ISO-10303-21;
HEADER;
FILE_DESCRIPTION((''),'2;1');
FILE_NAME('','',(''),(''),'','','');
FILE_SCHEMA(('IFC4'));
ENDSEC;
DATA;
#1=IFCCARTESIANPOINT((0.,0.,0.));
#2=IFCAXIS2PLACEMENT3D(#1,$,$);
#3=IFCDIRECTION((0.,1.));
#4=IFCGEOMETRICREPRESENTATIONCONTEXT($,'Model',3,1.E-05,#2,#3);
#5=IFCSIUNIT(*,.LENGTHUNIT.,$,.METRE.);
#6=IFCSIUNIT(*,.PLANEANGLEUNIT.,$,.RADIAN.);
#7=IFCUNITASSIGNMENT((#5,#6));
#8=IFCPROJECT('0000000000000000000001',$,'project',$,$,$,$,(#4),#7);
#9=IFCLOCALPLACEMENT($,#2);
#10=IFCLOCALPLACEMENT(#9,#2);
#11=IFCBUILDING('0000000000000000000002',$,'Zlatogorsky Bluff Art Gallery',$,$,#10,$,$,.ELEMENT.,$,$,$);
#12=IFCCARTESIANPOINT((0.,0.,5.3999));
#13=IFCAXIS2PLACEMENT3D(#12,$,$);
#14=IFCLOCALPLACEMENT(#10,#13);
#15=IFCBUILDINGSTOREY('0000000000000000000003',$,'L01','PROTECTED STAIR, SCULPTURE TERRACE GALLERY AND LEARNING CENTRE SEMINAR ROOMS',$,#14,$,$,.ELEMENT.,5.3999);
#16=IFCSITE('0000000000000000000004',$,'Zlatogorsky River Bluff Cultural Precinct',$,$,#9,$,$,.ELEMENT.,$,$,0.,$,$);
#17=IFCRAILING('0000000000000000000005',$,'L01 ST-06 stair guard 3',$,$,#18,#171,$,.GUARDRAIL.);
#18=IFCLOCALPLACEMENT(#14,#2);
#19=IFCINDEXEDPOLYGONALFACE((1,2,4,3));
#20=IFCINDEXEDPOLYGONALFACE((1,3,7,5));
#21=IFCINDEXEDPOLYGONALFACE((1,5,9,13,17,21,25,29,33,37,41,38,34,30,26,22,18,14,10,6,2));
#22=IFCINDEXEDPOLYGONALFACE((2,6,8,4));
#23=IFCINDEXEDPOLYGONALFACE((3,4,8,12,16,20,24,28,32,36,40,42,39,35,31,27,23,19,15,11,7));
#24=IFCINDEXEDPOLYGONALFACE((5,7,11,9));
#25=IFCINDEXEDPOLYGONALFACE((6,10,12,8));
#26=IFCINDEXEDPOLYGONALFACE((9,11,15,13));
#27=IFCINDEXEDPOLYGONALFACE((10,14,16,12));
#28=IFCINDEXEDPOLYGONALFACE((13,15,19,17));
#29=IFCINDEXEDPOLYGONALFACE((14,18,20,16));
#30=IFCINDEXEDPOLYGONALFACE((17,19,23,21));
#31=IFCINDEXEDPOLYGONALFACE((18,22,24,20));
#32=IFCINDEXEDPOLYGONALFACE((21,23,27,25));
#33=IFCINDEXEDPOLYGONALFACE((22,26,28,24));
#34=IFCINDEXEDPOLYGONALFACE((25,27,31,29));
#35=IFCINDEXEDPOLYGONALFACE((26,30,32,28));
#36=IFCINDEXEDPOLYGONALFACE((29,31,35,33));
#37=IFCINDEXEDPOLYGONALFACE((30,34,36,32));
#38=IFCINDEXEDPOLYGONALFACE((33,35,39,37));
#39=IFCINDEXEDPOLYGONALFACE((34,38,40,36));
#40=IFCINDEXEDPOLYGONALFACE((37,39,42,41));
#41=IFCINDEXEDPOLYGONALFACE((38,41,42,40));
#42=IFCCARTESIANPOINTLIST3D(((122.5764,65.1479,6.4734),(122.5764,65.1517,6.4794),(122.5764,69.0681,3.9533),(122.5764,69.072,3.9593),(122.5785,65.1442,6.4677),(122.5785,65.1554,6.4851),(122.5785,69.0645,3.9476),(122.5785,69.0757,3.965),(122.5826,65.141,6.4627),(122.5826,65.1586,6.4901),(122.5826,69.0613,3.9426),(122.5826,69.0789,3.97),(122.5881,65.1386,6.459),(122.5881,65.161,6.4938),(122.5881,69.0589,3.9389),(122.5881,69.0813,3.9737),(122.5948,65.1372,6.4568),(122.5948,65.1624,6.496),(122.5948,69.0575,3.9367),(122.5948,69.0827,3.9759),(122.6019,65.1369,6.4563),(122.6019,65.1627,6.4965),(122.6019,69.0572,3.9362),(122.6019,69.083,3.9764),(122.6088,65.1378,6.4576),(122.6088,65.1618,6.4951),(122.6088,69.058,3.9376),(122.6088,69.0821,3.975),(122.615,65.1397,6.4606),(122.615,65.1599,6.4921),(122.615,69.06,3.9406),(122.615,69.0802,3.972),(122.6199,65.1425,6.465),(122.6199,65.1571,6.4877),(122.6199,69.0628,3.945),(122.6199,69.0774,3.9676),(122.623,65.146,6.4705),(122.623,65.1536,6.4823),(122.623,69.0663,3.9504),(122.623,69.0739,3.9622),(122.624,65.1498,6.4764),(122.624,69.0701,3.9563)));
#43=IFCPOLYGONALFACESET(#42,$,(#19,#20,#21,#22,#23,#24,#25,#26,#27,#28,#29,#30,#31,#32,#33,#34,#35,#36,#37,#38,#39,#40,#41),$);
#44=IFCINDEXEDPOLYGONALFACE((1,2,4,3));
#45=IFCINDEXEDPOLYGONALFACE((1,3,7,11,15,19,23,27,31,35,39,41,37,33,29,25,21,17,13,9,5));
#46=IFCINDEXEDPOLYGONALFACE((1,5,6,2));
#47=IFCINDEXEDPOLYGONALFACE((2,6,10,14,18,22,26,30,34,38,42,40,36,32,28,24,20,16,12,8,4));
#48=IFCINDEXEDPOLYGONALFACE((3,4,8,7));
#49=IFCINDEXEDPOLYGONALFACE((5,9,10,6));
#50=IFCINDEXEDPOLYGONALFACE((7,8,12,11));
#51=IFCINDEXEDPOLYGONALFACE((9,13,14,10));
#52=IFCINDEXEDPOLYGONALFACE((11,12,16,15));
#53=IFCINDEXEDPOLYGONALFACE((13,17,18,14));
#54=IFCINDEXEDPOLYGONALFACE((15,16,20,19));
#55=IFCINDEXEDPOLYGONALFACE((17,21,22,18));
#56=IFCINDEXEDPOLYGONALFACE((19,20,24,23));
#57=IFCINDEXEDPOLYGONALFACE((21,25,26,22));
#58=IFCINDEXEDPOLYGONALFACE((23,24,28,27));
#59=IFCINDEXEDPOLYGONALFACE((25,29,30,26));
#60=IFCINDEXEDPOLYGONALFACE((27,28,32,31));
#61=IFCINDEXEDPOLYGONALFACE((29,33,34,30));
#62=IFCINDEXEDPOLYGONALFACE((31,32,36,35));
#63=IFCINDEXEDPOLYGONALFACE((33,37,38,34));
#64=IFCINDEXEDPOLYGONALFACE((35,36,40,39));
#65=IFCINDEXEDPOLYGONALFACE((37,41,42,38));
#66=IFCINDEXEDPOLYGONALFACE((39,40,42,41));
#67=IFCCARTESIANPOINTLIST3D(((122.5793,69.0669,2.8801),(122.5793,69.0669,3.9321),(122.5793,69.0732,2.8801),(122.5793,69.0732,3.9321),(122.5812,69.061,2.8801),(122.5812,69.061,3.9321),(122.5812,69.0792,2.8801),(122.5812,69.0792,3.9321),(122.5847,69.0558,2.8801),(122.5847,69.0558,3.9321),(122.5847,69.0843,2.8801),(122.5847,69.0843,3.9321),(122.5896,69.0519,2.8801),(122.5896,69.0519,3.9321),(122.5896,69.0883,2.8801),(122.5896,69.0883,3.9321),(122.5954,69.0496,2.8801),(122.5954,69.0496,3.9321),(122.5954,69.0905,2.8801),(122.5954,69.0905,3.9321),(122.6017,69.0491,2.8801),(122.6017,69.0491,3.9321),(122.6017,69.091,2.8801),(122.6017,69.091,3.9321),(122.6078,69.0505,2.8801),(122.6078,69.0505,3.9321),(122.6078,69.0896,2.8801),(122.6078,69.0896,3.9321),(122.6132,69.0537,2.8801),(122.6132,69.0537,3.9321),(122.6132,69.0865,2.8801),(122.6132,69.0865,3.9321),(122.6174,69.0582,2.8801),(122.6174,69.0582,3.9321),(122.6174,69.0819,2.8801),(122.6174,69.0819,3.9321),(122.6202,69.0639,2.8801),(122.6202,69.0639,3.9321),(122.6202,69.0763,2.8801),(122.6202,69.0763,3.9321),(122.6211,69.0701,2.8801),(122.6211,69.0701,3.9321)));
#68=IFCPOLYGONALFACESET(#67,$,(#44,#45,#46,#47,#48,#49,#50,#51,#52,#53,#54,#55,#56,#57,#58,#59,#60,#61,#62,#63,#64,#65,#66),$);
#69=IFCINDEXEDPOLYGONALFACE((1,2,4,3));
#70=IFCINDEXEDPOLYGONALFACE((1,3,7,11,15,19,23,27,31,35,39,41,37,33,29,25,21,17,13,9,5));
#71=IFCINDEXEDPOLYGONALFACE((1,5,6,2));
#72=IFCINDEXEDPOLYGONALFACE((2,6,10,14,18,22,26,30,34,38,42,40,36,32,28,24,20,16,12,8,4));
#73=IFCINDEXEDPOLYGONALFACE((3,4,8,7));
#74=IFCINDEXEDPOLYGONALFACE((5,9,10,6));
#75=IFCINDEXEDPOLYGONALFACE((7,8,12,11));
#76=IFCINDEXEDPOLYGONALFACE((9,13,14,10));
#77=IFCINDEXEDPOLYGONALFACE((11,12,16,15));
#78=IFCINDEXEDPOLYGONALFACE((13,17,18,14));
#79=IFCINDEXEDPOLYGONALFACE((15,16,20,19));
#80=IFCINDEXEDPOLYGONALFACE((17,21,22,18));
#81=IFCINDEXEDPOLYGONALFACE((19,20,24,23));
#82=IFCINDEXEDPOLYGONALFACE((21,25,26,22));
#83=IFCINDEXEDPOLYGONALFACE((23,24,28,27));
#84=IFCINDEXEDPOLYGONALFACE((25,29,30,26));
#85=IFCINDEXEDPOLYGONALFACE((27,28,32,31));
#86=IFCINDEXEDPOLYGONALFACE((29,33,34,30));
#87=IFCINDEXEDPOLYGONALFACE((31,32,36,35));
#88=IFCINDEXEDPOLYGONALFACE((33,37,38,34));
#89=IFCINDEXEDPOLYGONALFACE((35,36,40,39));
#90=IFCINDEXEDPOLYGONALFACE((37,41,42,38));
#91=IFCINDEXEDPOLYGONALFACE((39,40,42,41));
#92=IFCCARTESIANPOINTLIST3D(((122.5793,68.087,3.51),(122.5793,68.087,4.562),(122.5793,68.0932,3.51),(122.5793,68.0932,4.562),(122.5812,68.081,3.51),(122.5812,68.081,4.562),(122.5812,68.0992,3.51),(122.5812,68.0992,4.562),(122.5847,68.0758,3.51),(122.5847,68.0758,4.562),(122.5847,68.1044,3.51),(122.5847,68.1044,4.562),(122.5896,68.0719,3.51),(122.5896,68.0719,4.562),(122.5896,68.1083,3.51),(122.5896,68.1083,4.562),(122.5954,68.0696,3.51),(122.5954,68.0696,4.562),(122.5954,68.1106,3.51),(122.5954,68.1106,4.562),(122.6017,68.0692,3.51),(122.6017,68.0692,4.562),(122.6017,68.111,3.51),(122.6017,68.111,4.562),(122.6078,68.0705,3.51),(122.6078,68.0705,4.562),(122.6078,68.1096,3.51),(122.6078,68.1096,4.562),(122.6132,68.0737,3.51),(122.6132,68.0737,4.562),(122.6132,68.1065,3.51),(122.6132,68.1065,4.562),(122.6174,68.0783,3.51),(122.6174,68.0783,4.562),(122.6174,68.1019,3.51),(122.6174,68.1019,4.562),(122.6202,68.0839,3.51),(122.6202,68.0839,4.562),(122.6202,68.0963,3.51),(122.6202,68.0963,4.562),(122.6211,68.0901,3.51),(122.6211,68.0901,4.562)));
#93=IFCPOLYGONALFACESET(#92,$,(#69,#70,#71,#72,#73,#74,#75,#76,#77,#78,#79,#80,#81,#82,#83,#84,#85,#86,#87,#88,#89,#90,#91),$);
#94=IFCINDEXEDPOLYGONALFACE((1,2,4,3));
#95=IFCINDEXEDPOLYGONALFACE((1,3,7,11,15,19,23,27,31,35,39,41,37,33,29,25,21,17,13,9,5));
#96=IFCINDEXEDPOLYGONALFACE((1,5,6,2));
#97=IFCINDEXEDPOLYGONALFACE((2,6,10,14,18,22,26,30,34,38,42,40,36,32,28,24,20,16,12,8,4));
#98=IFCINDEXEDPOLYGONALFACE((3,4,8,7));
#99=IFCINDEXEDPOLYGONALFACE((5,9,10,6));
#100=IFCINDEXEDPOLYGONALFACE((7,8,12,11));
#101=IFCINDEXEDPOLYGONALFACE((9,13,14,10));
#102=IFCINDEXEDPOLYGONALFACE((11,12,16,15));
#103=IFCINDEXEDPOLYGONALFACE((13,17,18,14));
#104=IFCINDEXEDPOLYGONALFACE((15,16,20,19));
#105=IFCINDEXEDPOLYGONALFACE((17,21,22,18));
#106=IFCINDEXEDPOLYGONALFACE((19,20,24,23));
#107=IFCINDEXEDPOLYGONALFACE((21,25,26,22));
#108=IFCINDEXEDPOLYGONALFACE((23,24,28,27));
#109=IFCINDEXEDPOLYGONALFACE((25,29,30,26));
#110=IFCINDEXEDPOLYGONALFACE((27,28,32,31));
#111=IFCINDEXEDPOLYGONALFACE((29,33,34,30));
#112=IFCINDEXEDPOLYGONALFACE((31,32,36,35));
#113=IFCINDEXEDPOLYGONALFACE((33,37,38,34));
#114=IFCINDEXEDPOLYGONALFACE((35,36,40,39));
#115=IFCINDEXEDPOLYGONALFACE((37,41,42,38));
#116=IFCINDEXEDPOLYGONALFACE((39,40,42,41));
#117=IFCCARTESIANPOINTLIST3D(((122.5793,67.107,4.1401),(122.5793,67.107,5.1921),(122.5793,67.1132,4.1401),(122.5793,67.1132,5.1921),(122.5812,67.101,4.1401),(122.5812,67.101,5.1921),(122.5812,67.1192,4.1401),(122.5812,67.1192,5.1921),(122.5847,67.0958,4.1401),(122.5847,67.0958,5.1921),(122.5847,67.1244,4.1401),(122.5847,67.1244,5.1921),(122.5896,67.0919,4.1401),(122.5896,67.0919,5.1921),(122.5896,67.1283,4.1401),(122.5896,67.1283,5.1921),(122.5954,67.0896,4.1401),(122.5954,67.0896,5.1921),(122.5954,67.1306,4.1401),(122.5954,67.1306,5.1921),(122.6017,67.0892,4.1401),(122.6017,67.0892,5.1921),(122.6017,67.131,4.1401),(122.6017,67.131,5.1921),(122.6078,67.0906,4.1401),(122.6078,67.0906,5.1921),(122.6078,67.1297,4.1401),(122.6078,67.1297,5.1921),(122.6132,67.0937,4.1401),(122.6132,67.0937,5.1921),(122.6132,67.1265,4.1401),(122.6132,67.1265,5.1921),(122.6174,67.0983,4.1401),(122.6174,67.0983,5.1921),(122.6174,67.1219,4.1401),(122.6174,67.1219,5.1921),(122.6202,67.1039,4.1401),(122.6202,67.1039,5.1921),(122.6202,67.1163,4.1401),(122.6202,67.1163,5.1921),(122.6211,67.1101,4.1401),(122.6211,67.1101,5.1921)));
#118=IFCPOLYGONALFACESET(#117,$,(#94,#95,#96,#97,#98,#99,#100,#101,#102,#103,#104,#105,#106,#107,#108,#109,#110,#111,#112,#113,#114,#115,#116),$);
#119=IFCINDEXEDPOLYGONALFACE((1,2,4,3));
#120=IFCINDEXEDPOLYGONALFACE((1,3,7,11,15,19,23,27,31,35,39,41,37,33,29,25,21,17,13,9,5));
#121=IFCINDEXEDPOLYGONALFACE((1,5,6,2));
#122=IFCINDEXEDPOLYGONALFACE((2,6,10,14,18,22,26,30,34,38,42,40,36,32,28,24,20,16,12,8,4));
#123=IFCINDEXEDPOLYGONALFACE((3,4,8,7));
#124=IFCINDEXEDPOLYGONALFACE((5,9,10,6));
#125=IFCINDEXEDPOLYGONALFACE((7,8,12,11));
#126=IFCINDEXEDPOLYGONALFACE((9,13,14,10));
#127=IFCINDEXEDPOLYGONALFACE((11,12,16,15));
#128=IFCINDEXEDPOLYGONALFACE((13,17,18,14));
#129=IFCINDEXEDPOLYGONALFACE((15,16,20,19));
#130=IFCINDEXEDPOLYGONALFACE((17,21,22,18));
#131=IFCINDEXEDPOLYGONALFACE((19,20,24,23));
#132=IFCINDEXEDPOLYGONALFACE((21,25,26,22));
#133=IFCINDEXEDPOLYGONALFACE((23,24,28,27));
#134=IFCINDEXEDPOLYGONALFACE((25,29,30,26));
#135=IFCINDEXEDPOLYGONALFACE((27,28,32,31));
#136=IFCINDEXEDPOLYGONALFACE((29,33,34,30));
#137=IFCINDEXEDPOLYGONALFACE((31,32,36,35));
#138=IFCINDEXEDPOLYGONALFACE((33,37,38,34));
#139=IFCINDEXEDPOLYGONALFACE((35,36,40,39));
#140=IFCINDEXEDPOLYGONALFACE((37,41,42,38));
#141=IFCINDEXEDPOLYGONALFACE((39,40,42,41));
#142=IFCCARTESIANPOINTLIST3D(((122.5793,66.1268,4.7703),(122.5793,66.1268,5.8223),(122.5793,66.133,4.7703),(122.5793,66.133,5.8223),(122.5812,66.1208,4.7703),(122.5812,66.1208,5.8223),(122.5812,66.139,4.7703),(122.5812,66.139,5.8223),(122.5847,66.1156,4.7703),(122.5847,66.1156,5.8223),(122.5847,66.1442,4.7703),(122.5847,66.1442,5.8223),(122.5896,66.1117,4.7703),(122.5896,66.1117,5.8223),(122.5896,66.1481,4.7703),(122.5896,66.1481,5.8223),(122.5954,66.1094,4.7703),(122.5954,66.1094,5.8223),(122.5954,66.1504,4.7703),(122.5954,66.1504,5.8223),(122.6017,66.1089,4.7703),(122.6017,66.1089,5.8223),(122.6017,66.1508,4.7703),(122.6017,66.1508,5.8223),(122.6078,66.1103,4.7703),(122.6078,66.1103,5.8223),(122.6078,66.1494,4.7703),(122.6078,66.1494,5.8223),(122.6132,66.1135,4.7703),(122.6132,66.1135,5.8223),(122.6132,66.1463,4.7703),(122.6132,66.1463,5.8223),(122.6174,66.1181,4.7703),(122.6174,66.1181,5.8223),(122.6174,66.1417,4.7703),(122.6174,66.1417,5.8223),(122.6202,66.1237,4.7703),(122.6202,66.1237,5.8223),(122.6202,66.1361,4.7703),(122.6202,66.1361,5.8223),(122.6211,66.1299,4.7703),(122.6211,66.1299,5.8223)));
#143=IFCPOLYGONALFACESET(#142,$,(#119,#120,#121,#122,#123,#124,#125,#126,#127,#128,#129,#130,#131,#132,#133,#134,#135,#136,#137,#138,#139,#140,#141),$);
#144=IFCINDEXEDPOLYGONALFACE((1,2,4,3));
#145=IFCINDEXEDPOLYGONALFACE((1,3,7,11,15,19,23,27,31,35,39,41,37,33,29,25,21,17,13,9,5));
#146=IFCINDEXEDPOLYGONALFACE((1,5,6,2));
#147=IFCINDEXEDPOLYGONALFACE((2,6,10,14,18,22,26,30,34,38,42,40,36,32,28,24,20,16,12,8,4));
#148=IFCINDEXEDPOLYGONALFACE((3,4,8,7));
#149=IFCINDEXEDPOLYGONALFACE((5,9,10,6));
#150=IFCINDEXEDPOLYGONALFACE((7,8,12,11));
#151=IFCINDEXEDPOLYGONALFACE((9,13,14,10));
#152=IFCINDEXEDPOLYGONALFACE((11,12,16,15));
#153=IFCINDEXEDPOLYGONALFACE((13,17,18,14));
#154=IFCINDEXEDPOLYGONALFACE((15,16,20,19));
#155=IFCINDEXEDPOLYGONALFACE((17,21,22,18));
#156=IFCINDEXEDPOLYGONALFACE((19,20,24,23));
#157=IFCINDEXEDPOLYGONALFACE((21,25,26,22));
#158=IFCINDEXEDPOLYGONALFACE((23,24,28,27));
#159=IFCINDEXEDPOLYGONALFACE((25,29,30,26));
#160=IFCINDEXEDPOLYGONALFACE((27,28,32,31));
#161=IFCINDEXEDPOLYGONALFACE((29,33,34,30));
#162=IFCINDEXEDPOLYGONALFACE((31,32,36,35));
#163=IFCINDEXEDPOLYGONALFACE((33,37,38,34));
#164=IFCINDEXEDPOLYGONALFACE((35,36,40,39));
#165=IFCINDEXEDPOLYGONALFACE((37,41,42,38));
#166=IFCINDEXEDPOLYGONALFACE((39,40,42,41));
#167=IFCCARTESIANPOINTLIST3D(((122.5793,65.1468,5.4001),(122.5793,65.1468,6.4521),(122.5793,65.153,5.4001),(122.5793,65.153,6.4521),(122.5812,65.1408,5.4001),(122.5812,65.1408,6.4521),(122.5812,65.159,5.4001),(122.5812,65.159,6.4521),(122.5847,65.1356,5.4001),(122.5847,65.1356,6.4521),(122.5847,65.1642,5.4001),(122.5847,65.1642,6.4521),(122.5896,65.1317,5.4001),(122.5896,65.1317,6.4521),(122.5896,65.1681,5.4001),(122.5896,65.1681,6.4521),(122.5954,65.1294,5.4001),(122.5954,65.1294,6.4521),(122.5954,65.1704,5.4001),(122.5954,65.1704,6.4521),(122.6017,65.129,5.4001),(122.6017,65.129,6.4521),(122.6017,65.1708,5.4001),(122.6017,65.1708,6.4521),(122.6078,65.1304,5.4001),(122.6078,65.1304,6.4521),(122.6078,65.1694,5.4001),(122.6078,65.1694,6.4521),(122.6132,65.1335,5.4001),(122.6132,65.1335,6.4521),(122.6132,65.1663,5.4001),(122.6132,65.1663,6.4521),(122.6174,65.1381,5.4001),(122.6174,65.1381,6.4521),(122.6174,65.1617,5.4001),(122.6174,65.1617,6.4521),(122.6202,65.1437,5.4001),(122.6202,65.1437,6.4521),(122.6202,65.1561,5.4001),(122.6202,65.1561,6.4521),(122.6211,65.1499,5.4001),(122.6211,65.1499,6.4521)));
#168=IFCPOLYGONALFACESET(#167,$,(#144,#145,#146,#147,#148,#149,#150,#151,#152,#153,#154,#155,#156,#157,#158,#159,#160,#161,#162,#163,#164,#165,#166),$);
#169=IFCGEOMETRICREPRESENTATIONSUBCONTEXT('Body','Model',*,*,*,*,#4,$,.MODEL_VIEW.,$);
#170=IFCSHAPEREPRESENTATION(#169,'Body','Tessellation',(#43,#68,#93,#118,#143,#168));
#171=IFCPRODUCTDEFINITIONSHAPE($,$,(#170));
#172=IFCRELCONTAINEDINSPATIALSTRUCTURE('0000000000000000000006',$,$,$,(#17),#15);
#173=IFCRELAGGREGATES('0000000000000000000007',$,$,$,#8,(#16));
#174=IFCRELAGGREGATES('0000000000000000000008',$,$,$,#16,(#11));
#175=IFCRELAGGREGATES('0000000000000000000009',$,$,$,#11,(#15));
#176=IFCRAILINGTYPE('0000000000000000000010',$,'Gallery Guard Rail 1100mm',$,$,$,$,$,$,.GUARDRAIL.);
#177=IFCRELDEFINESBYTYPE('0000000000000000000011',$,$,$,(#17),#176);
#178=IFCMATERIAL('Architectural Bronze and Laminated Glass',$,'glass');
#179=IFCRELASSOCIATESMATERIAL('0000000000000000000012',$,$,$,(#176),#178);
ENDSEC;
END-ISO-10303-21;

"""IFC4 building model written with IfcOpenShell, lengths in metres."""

from ifc_helpers import new_model, si_unit, direction, frame, origin, origin_2d, place, context, subcontext, project, spatial, circle, extrude, material, type_object, element, save


model = new_model("IFC4")

# Units and contexts
model_context = context("Model", 3, precision=1e-05, world=origin(), true_north=direction((0.0, 1.0)))
body_context = subcontext(model_context, "Body", "Model", "MODEL_VIEW")
ifc_project = project(units=[si_unit("LENGTHUNIT", "METRE"), si_unit("PLANEANGLEUNIT", "RADIAN")], contexts=[model_context])

# Site, building, storey
site_placement = place(None, origin())
site = spatial("IfcSite", under=ifc_project, at=site_placement, Name="Zlatogorsky River Bluff Cultural Precinct", CompositionType="ELEMENT", RefElevation=0.0)
building_placement = place(site_placement, origin())
building = spatial("IfcBuilding", under=site, at=building_placement, Name="Zlatogorsky Bluff Art Gallery", CompositionType="ELEMENT")
storey_placement = place(building_placement, frame((0.0, 0.0, 5.3999)))
storey = spatial("IfcBuildingStorey", under=building, at=storey_placement, Name="L01", Description="PROTECTED STAIR, SCULPTURE TERRACE GALLERY AND LEARNING CENTRE SEMINAR ROOMS", CompositionType="ELEMENT", Elevation=5.3999)

# Railing
ifc_material_1 = material(Name="Architectural Bronze and Laminated Glass", Category="glass")
railing_type_1 = type_object("IfcRailingType", Name="Gallery Guard Rail 1100mm", PredefinedType="GUARDRAIL", material=ifc_material_1)
railing_1_placement = place(storey_placement, frame((122.6001, 69.0701, 2.8801)))
element("IfcRailing", 1, at=railing_1_placement, inside=storey, type_object=railing_type_1, Name="L01 ST-06 stair guard 3", PredefinedType="GUARDRAIL", context=body_context, shape_type="SweptSolid", body=[
    extrude(circle(Radius=0.0239, at=origin_2d()), frame((0.0, 0.0, 1.0762), z_axis=(0.0, -0.841187, 0.540744), x_axis=(1.0, 0.0, 0.0)), (0.0, 0.0, 1.0), 4.6604),
    extrude(circle(Radius=0.021, at=origin_2d()), origin(), (0.0, 0.0, 1.0), 1.052),
    extrude(circle(Radius=0.021, at=origin_2d()), frame((0.0, -0.98, 0.6299)), (0.0, 0.0, 1.0), 1.052),
    extrude(circle(Radius=0.021, at=origin_2d()), frame((0.0, -1.96, 1.26)), (0.0, 0.0, 1.0), 1.052),
    extrude(circle(Radius=0.021, at=origin_2d()), frame((0.0, -2.9402, 1.8901)), (0.0, 0.0, 1.0), 1.052),
    extrude(circle(Radius=0.021, at=origin_2d()), frame((0.0, -3.9202, 2.52)), (0.0, 0.0, 1.0), 1.052),
])

save(model, "model.ifc")
